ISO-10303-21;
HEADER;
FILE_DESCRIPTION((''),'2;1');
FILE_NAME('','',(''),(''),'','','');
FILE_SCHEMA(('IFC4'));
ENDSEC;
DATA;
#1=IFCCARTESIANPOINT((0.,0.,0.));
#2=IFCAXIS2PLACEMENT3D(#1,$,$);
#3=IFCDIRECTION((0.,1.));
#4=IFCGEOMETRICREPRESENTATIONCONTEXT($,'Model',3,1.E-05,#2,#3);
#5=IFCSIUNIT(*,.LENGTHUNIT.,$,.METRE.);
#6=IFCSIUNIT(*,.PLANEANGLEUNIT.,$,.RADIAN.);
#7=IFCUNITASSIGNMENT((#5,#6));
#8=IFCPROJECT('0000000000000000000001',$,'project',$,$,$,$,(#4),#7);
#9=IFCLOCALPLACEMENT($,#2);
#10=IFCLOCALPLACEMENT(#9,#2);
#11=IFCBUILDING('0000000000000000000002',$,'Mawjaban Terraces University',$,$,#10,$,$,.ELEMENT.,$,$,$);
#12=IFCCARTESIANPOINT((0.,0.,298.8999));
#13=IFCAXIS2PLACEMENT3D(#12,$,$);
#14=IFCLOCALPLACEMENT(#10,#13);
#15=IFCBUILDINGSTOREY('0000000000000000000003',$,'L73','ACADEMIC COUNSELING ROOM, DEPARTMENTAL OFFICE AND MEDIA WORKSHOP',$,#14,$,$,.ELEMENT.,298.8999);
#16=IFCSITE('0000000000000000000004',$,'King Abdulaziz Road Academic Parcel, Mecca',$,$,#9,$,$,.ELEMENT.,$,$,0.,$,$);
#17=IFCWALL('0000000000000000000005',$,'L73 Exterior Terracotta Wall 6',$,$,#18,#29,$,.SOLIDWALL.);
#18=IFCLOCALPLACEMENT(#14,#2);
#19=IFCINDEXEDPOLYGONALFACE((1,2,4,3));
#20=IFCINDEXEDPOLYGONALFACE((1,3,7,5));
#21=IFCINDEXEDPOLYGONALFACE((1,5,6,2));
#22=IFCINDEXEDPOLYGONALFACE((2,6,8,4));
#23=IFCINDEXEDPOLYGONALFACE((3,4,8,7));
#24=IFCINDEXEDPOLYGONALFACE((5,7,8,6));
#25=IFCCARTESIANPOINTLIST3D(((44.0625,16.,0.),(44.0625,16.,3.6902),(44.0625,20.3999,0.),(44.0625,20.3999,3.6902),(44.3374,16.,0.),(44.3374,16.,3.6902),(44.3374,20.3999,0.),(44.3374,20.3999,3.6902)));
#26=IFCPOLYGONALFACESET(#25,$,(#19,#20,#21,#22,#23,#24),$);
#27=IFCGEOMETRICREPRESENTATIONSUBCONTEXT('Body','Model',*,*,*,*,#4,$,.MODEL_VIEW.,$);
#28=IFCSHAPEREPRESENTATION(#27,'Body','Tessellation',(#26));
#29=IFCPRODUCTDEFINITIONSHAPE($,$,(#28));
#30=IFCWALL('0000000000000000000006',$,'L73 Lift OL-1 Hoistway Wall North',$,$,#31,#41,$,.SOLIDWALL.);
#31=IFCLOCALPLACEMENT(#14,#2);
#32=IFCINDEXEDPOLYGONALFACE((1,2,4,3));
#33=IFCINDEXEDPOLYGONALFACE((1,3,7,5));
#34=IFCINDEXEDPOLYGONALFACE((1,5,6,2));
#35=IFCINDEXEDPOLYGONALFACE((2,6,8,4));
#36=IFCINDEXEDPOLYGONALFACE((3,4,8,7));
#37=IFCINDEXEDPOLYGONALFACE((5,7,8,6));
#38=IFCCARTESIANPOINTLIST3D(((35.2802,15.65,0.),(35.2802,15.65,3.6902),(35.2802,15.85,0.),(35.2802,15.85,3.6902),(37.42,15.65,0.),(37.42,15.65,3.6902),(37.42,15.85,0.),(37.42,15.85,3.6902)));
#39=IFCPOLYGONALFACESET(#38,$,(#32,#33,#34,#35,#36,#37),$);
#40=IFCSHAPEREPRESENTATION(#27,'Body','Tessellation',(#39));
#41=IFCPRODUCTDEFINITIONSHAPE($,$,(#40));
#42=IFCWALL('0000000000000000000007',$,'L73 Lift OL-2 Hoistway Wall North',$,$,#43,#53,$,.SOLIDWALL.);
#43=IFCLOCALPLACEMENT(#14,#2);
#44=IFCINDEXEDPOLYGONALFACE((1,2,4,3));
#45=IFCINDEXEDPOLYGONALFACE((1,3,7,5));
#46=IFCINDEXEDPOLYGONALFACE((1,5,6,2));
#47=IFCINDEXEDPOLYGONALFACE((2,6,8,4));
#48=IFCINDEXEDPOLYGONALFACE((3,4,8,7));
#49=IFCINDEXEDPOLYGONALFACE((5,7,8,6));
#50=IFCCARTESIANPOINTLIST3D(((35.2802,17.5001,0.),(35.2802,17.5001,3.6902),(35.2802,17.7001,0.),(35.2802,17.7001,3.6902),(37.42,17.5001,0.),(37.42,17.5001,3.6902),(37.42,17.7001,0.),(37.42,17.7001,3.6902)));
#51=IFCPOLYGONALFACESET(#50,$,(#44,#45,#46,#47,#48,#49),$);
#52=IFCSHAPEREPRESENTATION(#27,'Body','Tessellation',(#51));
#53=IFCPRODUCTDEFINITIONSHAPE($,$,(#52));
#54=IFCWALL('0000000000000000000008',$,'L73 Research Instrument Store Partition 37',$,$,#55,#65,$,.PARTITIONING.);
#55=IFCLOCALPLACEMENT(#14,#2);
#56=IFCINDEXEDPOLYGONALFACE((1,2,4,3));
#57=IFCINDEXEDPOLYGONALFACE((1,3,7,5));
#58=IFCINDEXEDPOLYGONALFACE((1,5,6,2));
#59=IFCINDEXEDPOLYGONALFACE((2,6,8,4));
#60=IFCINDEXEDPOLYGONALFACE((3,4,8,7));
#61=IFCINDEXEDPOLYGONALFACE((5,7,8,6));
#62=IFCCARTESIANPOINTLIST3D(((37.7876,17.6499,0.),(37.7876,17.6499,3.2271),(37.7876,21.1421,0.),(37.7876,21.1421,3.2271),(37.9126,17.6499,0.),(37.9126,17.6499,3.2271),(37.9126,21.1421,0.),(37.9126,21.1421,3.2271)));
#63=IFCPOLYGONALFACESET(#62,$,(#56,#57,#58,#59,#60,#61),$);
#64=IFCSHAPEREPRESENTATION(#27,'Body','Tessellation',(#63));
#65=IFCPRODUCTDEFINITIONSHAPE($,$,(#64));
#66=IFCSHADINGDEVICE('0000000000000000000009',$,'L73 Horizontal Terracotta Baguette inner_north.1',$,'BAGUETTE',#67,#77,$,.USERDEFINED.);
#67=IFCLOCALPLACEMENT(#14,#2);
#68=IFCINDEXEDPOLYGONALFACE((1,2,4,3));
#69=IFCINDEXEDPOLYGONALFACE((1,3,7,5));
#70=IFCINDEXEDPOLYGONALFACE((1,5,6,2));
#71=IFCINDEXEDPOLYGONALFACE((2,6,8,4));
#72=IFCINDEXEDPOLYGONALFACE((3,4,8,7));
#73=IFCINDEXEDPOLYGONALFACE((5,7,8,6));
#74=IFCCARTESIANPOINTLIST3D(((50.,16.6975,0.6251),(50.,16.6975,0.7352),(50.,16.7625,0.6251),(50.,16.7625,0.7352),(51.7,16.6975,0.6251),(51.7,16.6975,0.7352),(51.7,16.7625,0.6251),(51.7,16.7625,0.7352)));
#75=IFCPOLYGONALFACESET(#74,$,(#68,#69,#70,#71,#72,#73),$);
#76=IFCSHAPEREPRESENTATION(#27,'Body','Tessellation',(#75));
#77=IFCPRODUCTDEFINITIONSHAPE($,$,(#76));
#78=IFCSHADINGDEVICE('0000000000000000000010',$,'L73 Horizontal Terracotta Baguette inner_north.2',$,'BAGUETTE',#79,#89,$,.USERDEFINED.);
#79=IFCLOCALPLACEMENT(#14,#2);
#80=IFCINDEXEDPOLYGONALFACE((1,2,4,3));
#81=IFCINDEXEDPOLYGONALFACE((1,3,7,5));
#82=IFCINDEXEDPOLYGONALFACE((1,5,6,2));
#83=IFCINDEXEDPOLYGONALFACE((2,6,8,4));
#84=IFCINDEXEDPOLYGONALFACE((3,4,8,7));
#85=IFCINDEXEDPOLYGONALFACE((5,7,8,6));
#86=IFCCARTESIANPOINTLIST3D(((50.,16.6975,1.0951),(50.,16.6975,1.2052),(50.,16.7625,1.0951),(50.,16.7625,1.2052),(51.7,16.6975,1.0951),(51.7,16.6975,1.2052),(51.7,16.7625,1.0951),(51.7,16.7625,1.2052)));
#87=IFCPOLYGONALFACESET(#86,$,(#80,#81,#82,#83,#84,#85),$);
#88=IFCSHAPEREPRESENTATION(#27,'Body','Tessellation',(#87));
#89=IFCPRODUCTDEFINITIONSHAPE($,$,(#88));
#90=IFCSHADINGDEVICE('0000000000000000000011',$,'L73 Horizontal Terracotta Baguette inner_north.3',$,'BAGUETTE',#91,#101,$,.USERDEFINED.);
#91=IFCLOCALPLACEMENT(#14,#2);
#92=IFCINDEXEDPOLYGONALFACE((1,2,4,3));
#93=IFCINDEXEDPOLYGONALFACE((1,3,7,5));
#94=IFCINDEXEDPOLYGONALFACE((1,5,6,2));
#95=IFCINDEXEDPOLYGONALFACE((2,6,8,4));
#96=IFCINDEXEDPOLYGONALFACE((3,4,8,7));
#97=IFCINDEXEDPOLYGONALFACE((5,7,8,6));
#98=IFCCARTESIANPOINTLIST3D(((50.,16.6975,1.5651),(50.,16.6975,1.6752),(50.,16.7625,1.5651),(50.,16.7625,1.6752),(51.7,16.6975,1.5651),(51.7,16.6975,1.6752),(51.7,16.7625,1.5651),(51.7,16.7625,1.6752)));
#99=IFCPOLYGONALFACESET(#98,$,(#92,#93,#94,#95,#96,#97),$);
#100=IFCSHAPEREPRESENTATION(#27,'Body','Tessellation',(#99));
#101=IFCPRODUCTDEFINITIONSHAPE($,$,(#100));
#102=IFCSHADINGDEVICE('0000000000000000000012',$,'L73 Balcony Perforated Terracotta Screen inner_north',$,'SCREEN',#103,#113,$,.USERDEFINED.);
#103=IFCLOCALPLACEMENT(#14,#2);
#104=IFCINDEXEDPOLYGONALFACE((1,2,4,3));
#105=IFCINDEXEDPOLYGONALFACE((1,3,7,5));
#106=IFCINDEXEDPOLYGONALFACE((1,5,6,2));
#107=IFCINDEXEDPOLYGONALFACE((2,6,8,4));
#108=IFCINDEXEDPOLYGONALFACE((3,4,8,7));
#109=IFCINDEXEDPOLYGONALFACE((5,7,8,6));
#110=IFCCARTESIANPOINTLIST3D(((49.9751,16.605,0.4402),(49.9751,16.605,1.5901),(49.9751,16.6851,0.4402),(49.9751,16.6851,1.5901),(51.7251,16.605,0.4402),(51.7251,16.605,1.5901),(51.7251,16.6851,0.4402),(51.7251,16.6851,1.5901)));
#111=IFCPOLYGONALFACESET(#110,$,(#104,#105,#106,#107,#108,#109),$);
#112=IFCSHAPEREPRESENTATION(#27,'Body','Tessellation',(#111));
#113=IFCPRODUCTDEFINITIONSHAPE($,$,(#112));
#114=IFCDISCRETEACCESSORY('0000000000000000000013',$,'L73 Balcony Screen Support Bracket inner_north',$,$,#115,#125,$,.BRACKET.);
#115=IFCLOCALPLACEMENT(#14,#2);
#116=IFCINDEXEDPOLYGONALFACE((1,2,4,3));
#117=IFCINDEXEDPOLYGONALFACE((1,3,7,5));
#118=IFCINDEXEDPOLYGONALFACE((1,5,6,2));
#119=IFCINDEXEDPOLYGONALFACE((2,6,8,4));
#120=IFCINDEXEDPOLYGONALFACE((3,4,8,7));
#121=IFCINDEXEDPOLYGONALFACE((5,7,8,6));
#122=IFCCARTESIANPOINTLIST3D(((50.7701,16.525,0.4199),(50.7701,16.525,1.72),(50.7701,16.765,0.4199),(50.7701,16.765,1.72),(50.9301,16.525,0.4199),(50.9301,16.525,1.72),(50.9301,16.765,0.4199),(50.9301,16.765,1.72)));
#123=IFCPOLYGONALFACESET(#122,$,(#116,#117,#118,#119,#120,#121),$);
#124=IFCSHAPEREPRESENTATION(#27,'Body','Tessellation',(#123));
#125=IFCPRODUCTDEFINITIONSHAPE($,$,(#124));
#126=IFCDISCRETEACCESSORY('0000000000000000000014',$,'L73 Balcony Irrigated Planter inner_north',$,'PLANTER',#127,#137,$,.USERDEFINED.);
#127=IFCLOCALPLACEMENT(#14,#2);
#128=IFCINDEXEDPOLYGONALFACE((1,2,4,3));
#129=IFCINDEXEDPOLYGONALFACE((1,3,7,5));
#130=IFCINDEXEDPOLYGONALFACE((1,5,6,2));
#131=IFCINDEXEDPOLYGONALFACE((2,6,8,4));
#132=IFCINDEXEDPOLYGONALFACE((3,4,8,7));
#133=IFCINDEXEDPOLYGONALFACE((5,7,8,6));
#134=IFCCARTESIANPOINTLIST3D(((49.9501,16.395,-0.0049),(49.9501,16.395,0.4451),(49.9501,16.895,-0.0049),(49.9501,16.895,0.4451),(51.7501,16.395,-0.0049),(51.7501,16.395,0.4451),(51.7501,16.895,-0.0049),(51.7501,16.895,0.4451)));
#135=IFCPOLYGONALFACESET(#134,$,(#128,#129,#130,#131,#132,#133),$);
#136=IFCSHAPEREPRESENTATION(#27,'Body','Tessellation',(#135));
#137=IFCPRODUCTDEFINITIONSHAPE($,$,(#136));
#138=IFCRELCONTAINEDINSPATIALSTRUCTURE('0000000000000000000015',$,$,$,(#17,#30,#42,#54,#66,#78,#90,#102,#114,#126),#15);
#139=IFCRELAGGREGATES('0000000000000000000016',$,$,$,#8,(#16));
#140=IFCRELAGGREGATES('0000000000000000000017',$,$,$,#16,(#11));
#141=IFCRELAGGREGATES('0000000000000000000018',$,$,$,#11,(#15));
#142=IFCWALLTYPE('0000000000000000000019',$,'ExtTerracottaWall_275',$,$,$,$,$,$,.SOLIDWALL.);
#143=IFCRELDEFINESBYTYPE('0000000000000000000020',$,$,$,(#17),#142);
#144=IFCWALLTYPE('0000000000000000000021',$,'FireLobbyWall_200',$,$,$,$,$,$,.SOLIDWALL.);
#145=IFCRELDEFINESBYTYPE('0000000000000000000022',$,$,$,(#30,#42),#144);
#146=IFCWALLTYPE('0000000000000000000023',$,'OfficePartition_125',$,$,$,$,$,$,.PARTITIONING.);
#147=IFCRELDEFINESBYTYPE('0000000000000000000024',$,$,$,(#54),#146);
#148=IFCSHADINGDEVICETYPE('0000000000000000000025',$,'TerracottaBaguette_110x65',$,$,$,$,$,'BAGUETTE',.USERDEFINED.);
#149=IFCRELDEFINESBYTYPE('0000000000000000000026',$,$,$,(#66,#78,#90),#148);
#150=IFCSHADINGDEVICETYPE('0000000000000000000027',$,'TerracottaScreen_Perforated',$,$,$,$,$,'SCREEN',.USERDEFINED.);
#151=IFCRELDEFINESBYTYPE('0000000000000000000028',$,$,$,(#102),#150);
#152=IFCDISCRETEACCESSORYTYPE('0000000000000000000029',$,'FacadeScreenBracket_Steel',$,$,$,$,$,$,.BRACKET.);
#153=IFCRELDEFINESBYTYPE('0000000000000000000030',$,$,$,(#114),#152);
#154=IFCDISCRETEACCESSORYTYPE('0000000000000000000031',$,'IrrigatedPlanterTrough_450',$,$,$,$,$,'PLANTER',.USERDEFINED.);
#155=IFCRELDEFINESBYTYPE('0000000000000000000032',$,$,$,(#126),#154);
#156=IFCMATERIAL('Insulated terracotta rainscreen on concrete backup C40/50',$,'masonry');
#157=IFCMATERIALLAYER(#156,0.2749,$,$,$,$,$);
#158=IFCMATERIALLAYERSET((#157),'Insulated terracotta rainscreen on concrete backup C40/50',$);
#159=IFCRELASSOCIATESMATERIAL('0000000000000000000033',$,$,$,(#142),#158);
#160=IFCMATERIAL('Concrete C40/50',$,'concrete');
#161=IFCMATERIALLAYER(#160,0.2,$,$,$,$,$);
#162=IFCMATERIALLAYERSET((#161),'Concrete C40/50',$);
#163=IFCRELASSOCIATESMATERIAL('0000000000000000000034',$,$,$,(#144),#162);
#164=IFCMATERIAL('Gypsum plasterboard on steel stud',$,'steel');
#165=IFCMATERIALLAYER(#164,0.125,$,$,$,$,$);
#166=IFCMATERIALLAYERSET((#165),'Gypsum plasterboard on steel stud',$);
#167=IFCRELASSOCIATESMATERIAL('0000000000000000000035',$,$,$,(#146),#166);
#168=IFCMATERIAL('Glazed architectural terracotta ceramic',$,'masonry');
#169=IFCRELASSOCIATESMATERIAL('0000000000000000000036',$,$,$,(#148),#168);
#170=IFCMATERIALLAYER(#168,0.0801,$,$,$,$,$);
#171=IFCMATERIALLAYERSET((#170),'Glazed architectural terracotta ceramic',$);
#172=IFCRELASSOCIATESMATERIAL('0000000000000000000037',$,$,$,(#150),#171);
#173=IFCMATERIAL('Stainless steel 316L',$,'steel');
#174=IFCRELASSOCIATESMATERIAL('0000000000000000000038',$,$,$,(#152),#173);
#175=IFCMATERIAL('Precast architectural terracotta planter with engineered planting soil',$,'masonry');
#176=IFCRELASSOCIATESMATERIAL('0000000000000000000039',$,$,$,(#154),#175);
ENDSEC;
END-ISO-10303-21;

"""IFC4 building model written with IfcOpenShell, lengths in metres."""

from ifc_helpers import new_model, si_unit, direction, frame, frame_2d, origin, origin_2d, place, context, subcontext, project, spatial, rectangle, extrude, material, layer, layer_set, material_profile, profile_set, type_object, element, save


model = new_model("IFC4")

# Units and contexts
model_context = context("Model", 3, precision=1e-05, world=origin(), true_north=direction((0.0, 1.0)))
body_context = subcontext(model_context, "Body", "Model", "MODEL_VIEW")
ifc_project = project(units=[si_unit("LENGTHUNIT", "METRE"), si_unit("PLANEANGLEUNIT", "RADIAN")], contexts=[model_context])

# Site, building, storey
site_placement = place(None, origin())
site = spatial("IfcSite", under=ifc_project, at=site_placement, Name="King Abdulaziz Road Academic Parcel, Mecca", CompositionType="ELEMENT", RefElevation=0.0)
building_placement = place(site_placement, origin())
building = spatial("IfcBuilding", under=site, at=building_placement, Name="Mawjaban Terraces University", CompositionType="ELEMENT")
storey_placement = place(building_placement, frame((0.0, 0.0, 298.8999)))
storey = spatial("IfcBuildingStorey", under=building, at=storey_placement, Name="L73", Description="ACADEMIC COUNSELING ROOM, DEPARTMENTAL OFFICE AND MEDIA WORKSHOP", CompositionType="ELEMENT", Elevation=298.8999)

# Shared definitions
ifc_material_1 = material(Name="Insulated terracotta rainscreen on concrete backup C40/50", Category="masonry")
ifc_layer_1 = layer(ifc_material_1, 0.2749)
ifc_layer_set_1 = layer_set([ifc_layer_1], Name="Insulated terracotta rainscreen on concrete backup C40/50")
wall_type_1 = type_object("IfcWallType", Name="ExtTerracottaWall_275", PredefinedType="SOLIDWALL", material=ifc_layer_set_1)

# Walls
wall_1_placement = place(storey_placement, frame((44.2, 16.0, 0.0), z_axis=(0.0, 0.0, 1.0), x_axis=(0.0, 1.0, 0.0)))
element("IfcWall", 1, at=wall_1_placement, inside=storey, type_object=wall_type_1, Name="L73 Exterior Terracotta Wall 6", PredefinedType="SOLIDWALL", context=body_context, shape_type="SweptSolid", body=[
    extrude(rectangle(XDim=4.3999, YDim=0.2749, at=frame_2d((2.2, 0.0))), origin(), (0.0, 0.0, 1.0), 3.6902),
])
ifc_material_2 = material(Name="Concrete C40/50", Category="concrete")
ifc_layer_2 = layer(ifc_material_2, 0.2)
ifc_layer_set_2 = layer_set([ifc_layer_2], Name="Concrete C40/50")
wall_type_2 = type_object("IfcWallType", Name="FireLobbyWall_200", PredefinedType="SOLIDWALL", material=ifc_layer_set_2)
for number, where, z_axis, x_axis, name in (
    (2, (37.4199, 15.75, 0.0), (0.0, 0.0, 1.0), (-1.0, 0.0, 0.0), "L73 Lift OL-1 Hoistway Wall North"),
    (3, (37.4199, 17.6001, 0.0), (0.0, 0.0, 1.0), (-1.0, 0.0, 0.0), "L73 Lift OL-2 Hoistway Wall North"),
):
    element("IfcWall", number, at=place(storey_placement, frame(where, z_axis=z_axis, x_axis=x_axis)), inside=storey, type_object=wall_type_2, Name=name, PredefinedType="SOLIDWALL", context=body_context, shape_type="SweptSolid", body=[
        extrude(rectangle(XDim=2.1399, YDim=0.2, at=frame_2d((1.0698, 0.0))), origin(), (0.0, 0.0, 1.0), 3.6902),
    ])
ifc_material_3 = material(Name="Gypsum plasterboard on steel stud", Category="steel")
ifc_layer_3 = layer(ifc_material_3, 0.125)
ifc_layer_set_3 = layer_set([ifc_layer_3], Name="Gypsum plasterboard on steel stud")
wall_type_3 = type_object("IfcWallType", Name="OfficePartition_125", PredefinedType="PARTITIONING", material=ifc_layer_set_3)
wall_2_placement = place(storey_placement, frame((37.8501, 17.6499, 0.0), z_axis=(0.0, 0.0, 1.0), x_axis=(0.0, 1.0, 0.0)))
element("IfcWall", 4, at=wall_2_placement, inside=storey, type_object=wall_type_3, Name="L73 Research Instrument Store Partition 37", PredefinedType="PARTITIONING", context=body_context, shape_type="SweptSolid", body=[
    extrude(rectangle(XDim=3.4922, YDim=0.125, at=frame_2d((1.7461, 0.0))), origin(), (0.0, 0.0, 1.0), 3.2271),
])

# Shading devices
ifc_material_4 = material(Name="Glazed architectural terracotta ceramic", Category="masonry")
ifc_material_profile_1 = material_profile(ifc_material_4, rectangle(XDim=0.0649, YDim=0.1101, at=origin_2d()), Name="TBAG110X65")
ifc_profile_set_1 = profile_set([ifc_material_profile_1], Name="Glazed architectural terracotta ceramic")
shading_device_type_1 = type_object("IfcShadingDeviceType", Name="TerracottaBaguette_110x65", ElementType="BAGUETTE", PredefinedType="USERDEFINED", material=ifc_profile_set_1)
for number, where, z_axis, x_axis, name in (
    (5, (50.0, 16.73, 0.6802), (1.0, 0.0, 0.0), (0.0, 1.0, 0.0), "L73 Horizontal Terracotta Baguette inner_north.1"),
    (6, (50.0, 16.73, 1.1501), (1.0, 0.0, 0.0), (0.0, 1.0, 0.0), "L73 Horizontal Terracotta Baguette inner_north.2"),
    (7, (50.0, 16.73, 1.6201), (1.0, 0.0, 0.0), (0.0, 1.0, 0.0), "L73 Horizontal Terracotta Baguette inner_north.3"),
):
    element("IfcShadingDevice", number, at=place(storey_placement, frame(where, z_axis=z_axis, x_axis=x_axis)), inside=storey, type_object=shading_device_type_1, Name=name, ObjectType="BAGUETTE", PredefinedType="USERDEFINED", context=body_context, shape_type="SweptSolid", body=[
        extrude(rectangle(XDim=0.0649, YDim=0.1101, at=origin_2d()), origin(), (0.0, 0.0, 1.0), 1.7),
    ])
ifc_layer_4 = layer(ifc_material_4, 0.0801)
ifc_layer_set_4 = layer_set([ifc_layer_4], Name="Glazed architectural terracotta ceramic")
shading_device_type_2 = type_object("IfcShadingDeviceType", Name="TerracottaScreen_Perforated", ElementType="SCREEN", PredefinedType="USERDEFINED", material=ifc_layer_set_4)
shading_device_placement = place(storey_placement, frame((50.8501, 16.645, 0.4402), z_axis=(0.0, 0.0, 1.0), x_axis=(1.0, 0.0, 0.0)))
element("IfcShadingDevice", 8, at=shading_device_placement, inside=storey, type_object=shading_device_type_2, Name="L73 Balcony Perforated Terracotta Screen inner_north", ObjectType="SCREEN", PredefinedType="USERDEFINED", context=body_context, shape_type="SweptSolid", body=[
    extrude(rectangle(XDim=1.75, YDim=0.0801, at=origin_2d()), origin(), (0.0, 0.0, 1.0), 1.1499),
])

# Discrete accessories
ifc_material_5 = material(Name="Stainless steel 316L", Category="steel")
discrete_accessory_type_1 = type_object("IfcDiscreteAccessoryType", Name="FacadeScreenBracket_Steel", PredefinedType="BRACKET", material=ifc_material_5)
discrete_accessory_1_placement = place(storey_placement, frame((50.8501, 16.645, 0.4199), z_axis=(0.0, 0.0, 1.0), x_axis=(1.0, 0.0, 0.0)))
element("IfcDiscreteAccessory", 9, at=discrete_accessory_1_placement, inside=storey, type_object=discrete_accessory_type_1, Name="L73 Balcony Screen Support Bracket inner_north", PredefinedType="BRACKET", context=body_context, shape_type="SweptSolid", body=[
    extrude(rectangle(XDim=0.1599, YDim=0.24, at=origin_2d()), origin(), (0.0, 0.0, 1.0), 1.3),
])
ifc_material_6 = material(Name="Precast architectural terracotta planter with engineered planting soil", Category="masonry")
discrete_accessory_type_2 = type_object("IfcDiscreteAccessoryType", Name="IrrigatedPlanterTrough_450", ElementType="PLANTER", PredefinedType="USERDEFINED", material=ifc_material_6)
discrete_accessory_2_placement = place(storey_placement, frame((50.8501, 16.645, -0.0049), z_axis=(0.0, 0.0, 1.0), x_axis=(1.0, 0.0, 0.0)))
element("IfcDiscreteAccessory", 10, at=discrete_accessory_2_placement, inside=storey, type_object=discrete_accessory_type_2, Name="L73 Balcony Irrigated Planter inner_north", ObjectType="PLANTER", PredefinedType="USERDEFINED", context=body_context, shape_type="SweptSolid", body=[
    extrude(rectangle(XDim=1.8, YDim=0.5, at=origin_2d()), origin(), (0.0, 0.0, 1.0), 0.45),
])

save(model, "model.ifc")
